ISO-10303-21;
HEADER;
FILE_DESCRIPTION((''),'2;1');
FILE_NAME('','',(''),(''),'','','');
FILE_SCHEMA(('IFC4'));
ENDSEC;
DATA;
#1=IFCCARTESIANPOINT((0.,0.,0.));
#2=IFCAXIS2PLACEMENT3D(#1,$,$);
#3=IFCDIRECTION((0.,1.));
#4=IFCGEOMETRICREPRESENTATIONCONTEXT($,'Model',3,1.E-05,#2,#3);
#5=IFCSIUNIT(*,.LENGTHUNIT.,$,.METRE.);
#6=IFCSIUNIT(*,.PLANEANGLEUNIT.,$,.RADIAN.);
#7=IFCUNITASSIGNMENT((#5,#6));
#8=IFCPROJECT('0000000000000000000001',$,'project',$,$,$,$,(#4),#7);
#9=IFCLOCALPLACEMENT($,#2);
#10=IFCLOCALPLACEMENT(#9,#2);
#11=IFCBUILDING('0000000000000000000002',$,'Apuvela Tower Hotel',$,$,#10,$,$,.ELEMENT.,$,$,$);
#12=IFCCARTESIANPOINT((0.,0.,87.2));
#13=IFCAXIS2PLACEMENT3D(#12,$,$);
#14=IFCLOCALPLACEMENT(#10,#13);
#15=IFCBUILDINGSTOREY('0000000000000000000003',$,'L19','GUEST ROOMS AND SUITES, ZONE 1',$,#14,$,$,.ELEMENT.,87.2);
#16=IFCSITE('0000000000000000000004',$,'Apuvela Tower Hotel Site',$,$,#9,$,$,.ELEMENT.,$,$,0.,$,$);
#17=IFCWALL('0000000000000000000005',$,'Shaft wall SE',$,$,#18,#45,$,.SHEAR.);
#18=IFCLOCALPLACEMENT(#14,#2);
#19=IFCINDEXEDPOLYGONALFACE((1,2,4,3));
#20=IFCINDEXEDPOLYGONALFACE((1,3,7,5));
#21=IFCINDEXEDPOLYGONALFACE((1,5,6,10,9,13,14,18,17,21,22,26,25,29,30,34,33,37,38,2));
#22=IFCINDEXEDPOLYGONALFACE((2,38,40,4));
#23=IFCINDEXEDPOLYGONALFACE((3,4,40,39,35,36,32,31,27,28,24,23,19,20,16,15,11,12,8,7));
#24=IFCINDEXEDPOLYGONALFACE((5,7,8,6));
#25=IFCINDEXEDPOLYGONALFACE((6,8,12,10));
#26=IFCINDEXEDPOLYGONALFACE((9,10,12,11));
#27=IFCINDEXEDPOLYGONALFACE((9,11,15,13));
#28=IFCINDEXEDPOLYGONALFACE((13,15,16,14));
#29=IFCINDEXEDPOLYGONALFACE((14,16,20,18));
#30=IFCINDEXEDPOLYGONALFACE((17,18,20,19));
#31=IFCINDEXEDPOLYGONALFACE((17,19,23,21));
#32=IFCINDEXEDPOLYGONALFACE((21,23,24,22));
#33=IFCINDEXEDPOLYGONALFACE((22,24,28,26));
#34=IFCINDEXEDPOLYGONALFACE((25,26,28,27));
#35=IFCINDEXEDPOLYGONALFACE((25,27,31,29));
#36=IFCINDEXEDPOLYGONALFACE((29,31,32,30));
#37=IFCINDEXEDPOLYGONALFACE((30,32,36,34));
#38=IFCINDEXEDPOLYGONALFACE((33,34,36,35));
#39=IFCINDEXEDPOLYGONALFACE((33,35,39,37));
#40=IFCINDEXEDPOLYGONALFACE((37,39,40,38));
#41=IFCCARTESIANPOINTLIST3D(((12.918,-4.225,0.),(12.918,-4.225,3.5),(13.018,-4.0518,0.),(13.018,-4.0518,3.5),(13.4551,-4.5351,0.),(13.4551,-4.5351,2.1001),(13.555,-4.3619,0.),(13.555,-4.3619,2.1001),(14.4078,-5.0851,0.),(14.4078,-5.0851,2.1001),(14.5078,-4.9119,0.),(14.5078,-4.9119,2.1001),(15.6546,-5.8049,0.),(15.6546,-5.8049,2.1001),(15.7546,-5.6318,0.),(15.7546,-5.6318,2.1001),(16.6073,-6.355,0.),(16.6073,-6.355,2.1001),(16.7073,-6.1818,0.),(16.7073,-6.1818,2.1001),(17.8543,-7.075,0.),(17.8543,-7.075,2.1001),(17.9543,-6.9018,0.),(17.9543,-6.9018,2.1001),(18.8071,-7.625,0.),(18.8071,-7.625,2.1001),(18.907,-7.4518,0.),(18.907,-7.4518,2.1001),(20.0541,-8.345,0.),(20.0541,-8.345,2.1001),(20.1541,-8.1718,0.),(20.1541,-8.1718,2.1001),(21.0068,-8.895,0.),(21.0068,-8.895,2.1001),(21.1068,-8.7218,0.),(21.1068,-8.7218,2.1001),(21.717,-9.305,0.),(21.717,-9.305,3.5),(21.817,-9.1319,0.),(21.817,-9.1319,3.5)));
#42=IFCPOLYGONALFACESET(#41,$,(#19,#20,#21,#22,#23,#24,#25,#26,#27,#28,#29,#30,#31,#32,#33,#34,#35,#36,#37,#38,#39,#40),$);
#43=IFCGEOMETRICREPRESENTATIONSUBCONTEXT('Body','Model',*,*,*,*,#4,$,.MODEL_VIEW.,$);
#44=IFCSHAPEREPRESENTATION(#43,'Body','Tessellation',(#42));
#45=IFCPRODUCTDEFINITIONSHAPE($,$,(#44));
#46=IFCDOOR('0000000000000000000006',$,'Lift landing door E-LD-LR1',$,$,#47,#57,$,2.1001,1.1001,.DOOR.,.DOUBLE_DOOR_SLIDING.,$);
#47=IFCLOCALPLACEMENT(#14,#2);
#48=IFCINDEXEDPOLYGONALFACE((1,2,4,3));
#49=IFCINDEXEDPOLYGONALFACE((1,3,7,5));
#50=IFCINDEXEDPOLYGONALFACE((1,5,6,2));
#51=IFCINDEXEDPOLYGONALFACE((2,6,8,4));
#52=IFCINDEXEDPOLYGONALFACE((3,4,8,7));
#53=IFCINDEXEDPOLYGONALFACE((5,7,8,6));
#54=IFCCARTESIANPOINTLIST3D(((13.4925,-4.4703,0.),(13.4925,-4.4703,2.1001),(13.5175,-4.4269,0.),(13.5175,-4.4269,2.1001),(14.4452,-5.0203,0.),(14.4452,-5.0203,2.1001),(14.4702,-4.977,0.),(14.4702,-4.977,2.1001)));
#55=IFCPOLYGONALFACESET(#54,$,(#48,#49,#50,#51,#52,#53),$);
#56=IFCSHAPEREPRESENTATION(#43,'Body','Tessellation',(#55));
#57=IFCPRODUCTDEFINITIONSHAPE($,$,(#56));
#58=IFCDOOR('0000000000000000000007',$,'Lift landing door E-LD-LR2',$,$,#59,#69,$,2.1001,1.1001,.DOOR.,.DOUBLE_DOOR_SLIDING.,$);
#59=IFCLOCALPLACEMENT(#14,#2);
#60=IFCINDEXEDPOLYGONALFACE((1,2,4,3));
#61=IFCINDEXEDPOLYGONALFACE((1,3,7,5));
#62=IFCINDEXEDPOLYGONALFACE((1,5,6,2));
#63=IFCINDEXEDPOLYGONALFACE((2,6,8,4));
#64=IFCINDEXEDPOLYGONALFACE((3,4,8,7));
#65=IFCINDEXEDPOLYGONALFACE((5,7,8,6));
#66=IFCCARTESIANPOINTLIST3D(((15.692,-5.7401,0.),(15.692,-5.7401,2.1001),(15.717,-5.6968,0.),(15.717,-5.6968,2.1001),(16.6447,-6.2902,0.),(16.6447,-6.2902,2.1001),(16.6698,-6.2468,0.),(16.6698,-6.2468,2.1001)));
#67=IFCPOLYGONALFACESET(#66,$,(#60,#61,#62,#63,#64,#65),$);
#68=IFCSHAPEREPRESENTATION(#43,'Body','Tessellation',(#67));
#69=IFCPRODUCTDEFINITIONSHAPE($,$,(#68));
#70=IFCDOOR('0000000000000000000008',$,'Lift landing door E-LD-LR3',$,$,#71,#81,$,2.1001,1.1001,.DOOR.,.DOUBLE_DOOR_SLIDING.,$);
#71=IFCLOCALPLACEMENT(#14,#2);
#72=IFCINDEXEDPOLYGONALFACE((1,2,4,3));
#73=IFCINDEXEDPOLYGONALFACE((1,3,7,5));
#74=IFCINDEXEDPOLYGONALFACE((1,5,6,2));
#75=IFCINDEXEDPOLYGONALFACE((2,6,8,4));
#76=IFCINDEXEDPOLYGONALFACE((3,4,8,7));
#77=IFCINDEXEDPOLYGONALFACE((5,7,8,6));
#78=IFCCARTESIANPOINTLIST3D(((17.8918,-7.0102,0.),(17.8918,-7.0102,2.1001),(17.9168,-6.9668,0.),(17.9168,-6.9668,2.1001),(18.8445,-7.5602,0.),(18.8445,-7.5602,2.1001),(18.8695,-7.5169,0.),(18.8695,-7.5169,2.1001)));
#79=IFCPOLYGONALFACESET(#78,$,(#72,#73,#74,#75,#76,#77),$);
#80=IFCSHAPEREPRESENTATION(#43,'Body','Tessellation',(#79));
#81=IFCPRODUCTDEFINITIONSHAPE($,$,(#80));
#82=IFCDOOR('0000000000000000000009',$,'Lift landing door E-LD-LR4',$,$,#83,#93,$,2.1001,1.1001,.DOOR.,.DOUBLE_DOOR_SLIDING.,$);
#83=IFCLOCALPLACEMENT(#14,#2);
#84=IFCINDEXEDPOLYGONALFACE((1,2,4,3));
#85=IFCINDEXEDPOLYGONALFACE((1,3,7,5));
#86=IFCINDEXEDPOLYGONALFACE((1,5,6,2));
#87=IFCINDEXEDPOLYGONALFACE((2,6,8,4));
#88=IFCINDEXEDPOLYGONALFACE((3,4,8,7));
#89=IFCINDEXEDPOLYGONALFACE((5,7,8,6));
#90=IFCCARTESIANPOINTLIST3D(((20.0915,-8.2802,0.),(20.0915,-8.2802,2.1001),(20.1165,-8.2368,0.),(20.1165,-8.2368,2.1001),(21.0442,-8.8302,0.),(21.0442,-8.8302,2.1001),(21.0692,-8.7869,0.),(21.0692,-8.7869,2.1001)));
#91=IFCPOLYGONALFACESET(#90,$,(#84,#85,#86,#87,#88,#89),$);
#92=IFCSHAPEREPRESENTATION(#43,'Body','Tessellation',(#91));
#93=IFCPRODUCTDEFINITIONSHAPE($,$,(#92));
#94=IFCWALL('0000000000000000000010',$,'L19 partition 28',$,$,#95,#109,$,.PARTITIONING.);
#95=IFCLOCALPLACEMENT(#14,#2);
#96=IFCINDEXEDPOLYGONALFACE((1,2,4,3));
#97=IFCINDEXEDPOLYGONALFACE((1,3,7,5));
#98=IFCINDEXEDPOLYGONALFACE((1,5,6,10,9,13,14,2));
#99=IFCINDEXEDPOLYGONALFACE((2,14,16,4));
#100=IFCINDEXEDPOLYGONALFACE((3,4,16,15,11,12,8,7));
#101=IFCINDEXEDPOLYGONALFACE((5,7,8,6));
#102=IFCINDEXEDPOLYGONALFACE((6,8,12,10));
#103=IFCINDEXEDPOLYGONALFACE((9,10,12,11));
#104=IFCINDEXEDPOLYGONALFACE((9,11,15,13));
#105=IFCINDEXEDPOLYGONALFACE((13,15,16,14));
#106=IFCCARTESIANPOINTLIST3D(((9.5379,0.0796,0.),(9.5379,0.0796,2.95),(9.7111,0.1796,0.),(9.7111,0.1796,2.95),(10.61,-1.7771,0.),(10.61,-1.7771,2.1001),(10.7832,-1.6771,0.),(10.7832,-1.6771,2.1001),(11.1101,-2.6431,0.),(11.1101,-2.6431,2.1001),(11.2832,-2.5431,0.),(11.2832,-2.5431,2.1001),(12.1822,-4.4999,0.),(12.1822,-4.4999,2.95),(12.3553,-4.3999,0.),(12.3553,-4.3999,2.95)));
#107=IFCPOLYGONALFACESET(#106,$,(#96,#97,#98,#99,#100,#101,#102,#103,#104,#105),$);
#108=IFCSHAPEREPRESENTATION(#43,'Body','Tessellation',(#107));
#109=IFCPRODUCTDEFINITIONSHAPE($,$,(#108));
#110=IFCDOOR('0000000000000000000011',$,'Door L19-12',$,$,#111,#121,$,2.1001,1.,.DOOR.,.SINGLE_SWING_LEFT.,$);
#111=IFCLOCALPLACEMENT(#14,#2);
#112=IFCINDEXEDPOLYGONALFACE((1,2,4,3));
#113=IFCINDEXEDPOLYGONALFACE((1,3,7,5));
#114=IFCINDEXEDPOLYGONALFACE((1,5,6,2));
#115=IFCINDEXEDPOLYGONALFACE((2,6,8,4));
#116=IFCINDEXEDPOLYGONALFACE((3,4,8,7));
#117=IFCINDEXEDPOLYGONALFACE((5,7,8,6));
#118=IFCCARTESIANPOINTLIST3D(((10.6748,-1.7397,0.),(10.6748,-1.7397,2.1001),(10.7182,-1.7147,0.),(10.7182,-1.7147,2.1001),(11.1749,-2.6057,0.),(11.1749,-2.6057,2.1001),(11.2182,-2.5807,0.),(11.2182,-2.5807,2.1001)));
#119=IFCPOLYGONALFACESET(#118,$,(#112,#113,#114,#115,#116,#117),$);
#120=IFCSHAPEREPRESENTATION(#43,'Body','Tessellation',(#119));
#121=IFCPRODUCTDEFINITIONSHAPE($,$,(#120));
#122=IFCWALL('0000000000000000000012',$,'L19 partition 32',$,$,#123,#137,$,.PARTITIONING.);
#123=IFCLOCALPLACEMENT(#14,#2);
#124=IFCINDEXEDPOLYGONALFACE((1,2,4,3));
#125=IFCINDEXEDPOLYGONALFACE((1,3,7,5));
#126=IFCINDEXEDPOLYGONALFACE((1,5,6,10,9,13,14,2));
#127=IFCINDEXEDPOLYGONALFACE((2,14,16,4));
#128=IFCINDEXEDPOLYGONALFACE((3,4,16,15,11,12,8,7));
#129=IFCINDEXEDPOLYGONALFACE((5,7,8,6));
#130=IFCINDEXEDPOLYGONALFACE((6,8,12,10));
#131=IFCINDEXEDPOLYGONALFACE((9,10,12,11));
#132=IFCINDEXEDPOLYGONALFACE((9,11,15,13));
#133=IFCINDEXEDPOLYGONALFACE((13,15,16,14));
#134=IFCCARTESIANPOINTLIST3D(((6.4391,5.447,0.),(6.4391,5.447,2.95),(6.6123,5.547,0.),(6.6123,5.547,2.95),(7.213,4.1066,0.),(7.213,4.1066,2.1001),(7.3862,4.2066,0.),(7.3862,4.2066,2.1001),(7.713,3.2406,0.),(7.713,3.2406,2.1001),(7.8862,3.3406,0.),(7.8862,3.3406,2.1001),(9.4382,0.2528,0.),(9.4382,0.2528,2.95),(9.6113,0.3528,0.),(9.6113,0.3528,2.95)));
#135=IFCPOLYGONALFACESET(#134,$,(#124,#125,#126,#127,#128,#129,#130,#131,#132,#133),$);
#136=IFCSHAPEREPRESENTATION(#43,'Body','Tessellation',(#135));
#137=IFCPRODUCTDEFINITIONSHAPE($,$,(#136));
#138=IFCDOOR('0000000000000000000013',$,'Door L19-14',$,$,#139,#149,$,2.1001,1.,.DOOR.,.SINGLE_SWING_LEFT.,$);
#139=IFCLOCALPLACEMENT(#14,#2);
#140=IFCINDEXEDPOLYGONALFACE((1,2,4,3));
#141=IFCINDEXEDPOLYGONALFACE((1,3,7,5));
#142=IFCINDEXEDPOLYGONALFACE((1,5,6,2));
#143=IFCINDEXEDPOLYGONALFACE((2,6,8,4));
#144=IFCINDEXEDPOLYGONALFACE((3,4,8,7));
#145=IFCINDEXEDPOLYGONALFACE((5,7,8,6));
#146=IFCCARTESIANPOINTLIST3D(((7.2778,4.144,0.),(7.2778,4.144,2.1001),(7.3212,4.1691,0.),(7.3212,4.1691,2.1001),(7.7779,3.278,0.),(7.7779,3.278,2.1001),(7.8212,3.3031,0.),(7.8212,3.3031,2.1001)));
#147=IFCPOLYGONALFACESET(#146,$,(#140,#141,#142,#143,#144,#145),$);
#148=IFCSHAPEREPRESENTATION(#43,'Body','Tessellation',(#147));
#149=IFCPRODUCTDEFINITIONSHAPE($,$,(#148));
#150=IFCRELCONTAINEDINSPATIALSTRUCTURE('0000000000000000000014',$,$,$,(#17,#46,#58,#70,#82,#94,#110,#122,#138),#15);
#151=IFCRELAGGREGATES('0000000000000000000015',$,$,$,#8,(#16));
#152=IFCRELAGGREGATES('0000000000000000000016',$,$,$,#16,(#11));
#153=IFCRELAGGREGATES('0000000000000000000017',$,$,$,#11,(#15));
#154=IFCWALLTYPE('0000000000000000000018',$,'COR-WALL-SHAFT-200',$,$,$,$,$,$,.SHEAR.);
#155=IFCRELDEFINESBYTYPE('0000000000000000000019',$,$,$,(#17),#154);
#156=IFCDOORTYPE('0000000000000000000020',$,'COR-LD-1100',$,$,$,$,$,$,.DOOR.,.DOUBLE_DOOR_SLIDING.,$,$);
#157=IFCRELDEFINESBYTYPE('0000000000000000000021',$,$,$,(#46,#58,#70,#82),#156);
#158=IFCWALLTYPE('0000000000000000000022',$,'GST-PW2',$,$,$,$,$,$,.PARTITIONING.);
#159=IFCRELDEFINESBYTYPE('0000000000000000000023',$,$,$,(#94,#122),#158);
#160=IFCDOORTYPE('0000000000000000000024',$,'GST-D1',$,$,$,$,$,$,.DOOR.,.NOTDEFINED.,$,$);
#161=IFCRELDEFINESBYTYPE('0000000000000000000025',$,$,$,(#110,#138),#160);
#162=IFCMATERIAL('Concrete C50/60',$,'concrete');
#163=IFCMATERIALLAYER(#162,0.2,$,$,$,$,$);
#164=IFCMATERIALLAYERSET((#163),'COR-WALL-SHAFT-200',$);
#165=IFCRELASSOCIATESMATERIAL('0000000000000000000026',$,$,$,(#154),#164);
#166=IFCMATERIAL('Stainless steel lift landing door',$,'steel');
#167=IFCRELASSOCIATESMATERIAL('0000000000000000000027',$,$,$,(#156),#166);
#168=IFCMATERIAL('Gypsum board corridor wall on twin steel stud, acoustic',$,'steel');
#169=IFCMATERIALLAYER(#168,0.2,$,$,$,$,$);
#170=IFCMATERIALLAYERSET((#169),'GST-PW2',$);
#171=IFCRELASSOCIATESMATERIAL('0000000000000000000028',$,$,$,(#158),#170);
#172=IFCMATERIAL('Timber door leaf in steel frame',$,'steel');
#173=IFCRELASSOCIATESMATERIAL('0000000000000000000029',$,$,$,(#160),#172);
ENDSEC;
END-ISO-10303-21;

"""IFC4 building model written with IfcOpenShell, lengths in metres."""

from ifc_helpers import new_model, si_unit, direction, frame, frame_2d, origin, place, context, subcontext, project, spatial, rectangle, extrude, material, layer, layer_set, type_object, element, fill, save


model = new_model("IFC4")

# Units and contexts
model_context = context("Model", 3, precision=1e-05, world=origin(), true_north=direction((0.0, 1.0)))
body_context = subcontext(model_context, "Body", "Model", "MODEL_VIEW")
ifc_project = project(units=[si_unit("LENGTHUNIT", "METRE"), si_unit("PLANEANGLEUNIT", "RADIAN")], contexts=[model_context])

# Site, building, storey
site_placement = place(None, origin())
site = spatial("IfcSite", under=ifc_project, at=site_placement, Name="Apuvela Tower Hotel Site", CompositionType="ELEMENT", RefElevation=0.0)
building_placement = place(site_placement, origin())
building = spatial("IfcBuilding", under=site, at=building_placement, Name="Apuvela Tower Hotel", CompositionType="ELEMENT")
storey_placement = place(building_placement, frame((0.0, 0.0, 87.2)))
storey = spatial("IfcBuildingStorey", under=building, at=storey_placement, Name="L19", Description="GUEST ROOMS AND SUITES, ZONE 1", CompositionType="ELEMENT", Elevation=87.2)

# Shared definitions
ifc_material_1 = material(Name="Concrete C50/60", Category="concrete")

# Wall, openings, doors
ifc_layer_1 = layer(ifc_material_1, 0.2)
ifc_layer_set_1 = layer_set([ifc_layer_1], Name="COR-WALL-SHAFT-200")
wall_type_1 = type_object("IfcWallType", Name="COR-WALL-SHAFT-200", PredefinedType="SHEAR", material=ifc_layer_set_1)
wall_1_placement = place(storey_placement, frame((12.968, -4.1384, 0.0), z_axis=(0.0, 0.0, 1.0), x_axis=(0.866028, -0.499995, 0.0)))
wall_1 = element("IfcWall", 1, at=wall_1_placement, inside=storey, type_object=wall_type_1, Name="Shaft wall SE", PredefinedType="SHEAR", context=body_context, shape_type="SweptSolid", body=[
    extrude(rectangle(XDim=10.1602, YDim=0.2, at=frame_2d((5.0801, 0.0))), origin(), (0.0, 0.0, 1.0), 3.5),
])
opening_1_placement = place(wall_1_placement, frame((0.6201, 0.0, 0.0)))
opening_1 = element("IfcOpeningElement", 2, at=opening_1_placement, cuts=wall_1, PredefinedType="OPENING", context=body_context, shape_type="SweptSolid", body=[
    extrude(rectangle(XDim=1.1001, YDim=2.1001, at=frame_2d((0.55, 1.05))), frame((0.0, 0.1099, 0.0), z_axis=(0.0, -1.0, 0.0), x_axis=(1.0, 0.0, 0.0)), (0.0, 0.0, 1.0), 0.22),
])
opening_2_placement = place(wall_1_placement, frame((3.1599, 0.0, 0.0)))
opening_2 = element("IfcOpeningElement", 3, at=opening_2_placement, cuts=wall_1, PredefinedType="OPENING", context=body_context, shape_type="SweptSolid", body=[
    extrude(rectangle(XDim=1.1001, YDim=2.1001, at=frame_2d((0.55, 1.05))), frame((0.0, 0.1099, 0.0), z_axis=(0.0, -1.0, 0.0), x_axis=(1.0, 0.0, 0.0)), (0.0, 0.0, 1.0), 0.22),
])
opening_3_placement = place(wall_1_placement, frame((5.7, 0.0, 0.0)))
opening_3 = element("IfcOpeningElement", 4, at=opening_3_placement, cuts=wall_1, PredefinedType="OPENING", context=body_context, shape_type="SweptSolid", body=[
    extrude(rectangle(XDim=1.1001, YDim=2.1001, at=frame_2d((0.55, 1.05))), frame((0.0, 0.1099, 0.0), z_axis=(0.0, -1.0, 0.0), x_axis=(1.0, 0.0, 0.0)), (0.0, 0.0, 1.0), 0.22),
])
opening_4_placement = place(wall_1_placement, frame((8.24, 0.0, 0.0)))
opening_4 = element("IfcOpeningElement", 5, at=opening_4_placement, cuts=wall_1, PredefinedType="OPENING", context=body_context, shape_type="SweptSolid", body=[
    extrude(rectangle(XDim=1.1001, YDim=2.1001, at=frame_2d((0.55, 1.05))), frame((0.0, 0.1099, 0.0), z_axis=(0.0, -1.0, 0.0), x_axis=(1.0, 0.0, 0.0)), (0.0, 0.0, 1.0), 0.22),
])
ifc_material_2 = material(Name="Stainless steel lift landing door", Category="steel")
door_type_1 = type_object("IfcDoorType", Name="COR-LD-1100", OperationType="DOUBLE_DOOR_SLIDING", PredefinedType="DOOR", material=ifc_material_2)
door_1_placement = place(opening_1_placement, origin())
door_1 = element("IfcDoor", 6, at=door_1_placement, inside=storey, type_object=door_type_1, Name="Lift landing door E-LD-LR1", OperationType="DOUBLE_DOOR_SLIDING", OverallHeight=2.1001, OverallWidth=1.1001, PredefinedType="DOOR", context=body_context, shape_type="SweptSolid", body=[
    extrude(rectangle(XDim=1.1001, YDim=2.1001, at=frame_2d((0.55, 1.05))), frame((0.0, 0.0249, 0.0), z_axis=(0.0, -1.0, 0.0), x_axis=(1.0, 0.0, 0.0)), (0.0, 0.0, 1.0), 0.05),
])
fill(opening_1, door_1)
door_2_placement = place(opening_2_placement, origin())
door_2 = element("IfcDoor", 7, at=door_2_placement, inside=storey, type_object=door_type_1, Name="Lift landing door E-LD-LR2", OperationType="DOUBLE_DOOR_SLIDING", OverallHeight=2.1001, OverallWidth=1.1001, PredefinedType="DOOR", context=body_context, shape_type="SweptSolid", body=[
    extrude(rectangle(XDim=1.1001, YDim=2.1001, at=frame_2d((0.55, 1.05))), frame((0.0, 0.0249, 0.0), z_axis=(0.0, -1.0, 0.0), x_axis=(1.0, 0.0, 0.0)), (0.0, 0.0, 1.0), 0.05),
])
fill(opening_2, door_2)
door_3_placement = place(opening_3_placement, origin())
door_3 = element("IfcDoor", 8, at=door_3_placement, inside=storey, type_object=door_type_1, Name="Lift landing door E-LD-LR3", OperationType="DOUBLE_DOOR_SLIDING", OverallHeight=2.1001, OverallWidth=1.1001, PredefinedType="DOOR", context=body_context, shape_type="SweptSolid", body=[
    extrude(rectangle(XDim=1.1001, YDim=2.1001, at=frame_2d((0.55, 1.05))), frame((0.0, 0.0249, 0.0), z_axis=(0.0, -1.0, 0.0), x_axis=(1.0, 0.0, 0.0)), (0.0, 0.0, 1.0), 0.05),
])
fill(opening_3, door_3)
door_4_placement = place(opening_4_placement, origin())
door_4 = element("IfcDoor", 9, at=door_4_placement, inside=storey, type_object=door_type_1, Name="Lift landing door E-LD-LR4", OperationType="DOUBLE_DOOR_SLIDING", OverallHeight=2.1001, OverallWidth=1.1001, PredefinedType="DOOR", context=body_context, shape_type="SweptSolid", body=[
    extrude(rectangle(XDim=1.1001, YDim=2.1001, at=frame_2d((0.55, 1.05))), frame((0.0, 0.0249, 0.0), z_axis=(0.0, -1.0, 0.0), x_axis=(1.0, 0.0, 0.0)), (0.0, 0.0, 1.0), 0.05),
])
fill(opening_4, door_4)

# Walls, openings, doors
ifc_material_3 = material(Name="Gypsum board corridor wall on twin steel stud, acoustic", Category="steel")
ifc_layer_2 = layer(ifc_material_3, 0.2)
ifc_layer_set_2 = layer_set([ifc_layer_2], Name="GST-PW2")
wall_type_2 = type_object("IfcWallType", Name="GST-PW2", PredefinedType="PARTITIONING", material=ifc_layer_set_2)
wall_2_placement = place(storey_placement, frame((9.6245, 0.1296, 0.0), z_axis=(0.0, 0.0, 1.0), x_axis=(0.500037, -0.866004, 0.0)))
wall_2 = element("IfcWall", 10, at=wall_2_placement, inside=storey, type_object=wall_type_2, Name="L19 partition 28", PredefinedType="PARTITIONING", context=body_context, shape_type="SweptSolid", body=[
    extrude(rectangle(XDim=5.2881, YDim=0.2, at=frame_2d((2.644, 0.0))), origin(), (0.0, 0.0, 1.0), 2.95),
])
opening_5_placement = place(wall_2_placement, frame((2.144, 0.0, 0.0)))
opening_5 = element("IfcOpeningElement", 11, at=opening_5_placement, cuts=wall_2, PredefinedType="OPENING", context=body_context, shape_type="SweptSolid", body=[
    extrude(rectangle(XDim=1.0, YDim=2.1001, at=frame_2d((0.5, 1.05))), frame((0.0, 0.1099, 0.0), z_axis=(0.0, -1.0, 0.0), x_axis=(1.0, 0.0, 0.0)), (0.0, 0.0, 1.0), 0.22),
])
ifc_material_4 = material(Name="Timber door leaf in steel frame", Category="steel")
door_type_2 = type_object("IfcDoorType", Name="GST-D1", OperationType="NOTDEFINED", PredefinedType="DOOR", material=ifc_material_4)
door_5_placement = place(opening_5_placement, origin())
door_5 = element("IfcDoor", 12, at=door_5_placement, inside=storey, type_object=door_type_2, Name="Door L19-12", OperationType="SINGLE_SWING_LEFT", OverallHeight=2.1001, OverallWidth=1.0, PredefinedType="DOOR", context=body_context, shape_type="SweptSolid", body=[
    extrude(rectangle(XDim=1.0, YDim=2.1001, at=frame_2d((0.5, 1.05))), frame((0.0, 0.0249, 0.0), z_axis=(0.0, -1.0, 0.0), x_axis=(1.0, 0.0, 0.0)), (0.0, 0.0, 1.0), 0.05),
])
fill(opening_5, door_5)
wall_3_placement = place(storey_placement, frame((6.5256, 5.4971, 0.0), z_axis=(0.0, 0.0, 1.0), x_axis=(0.500027, -0.86601, 0.0)))
wall_3 = element("IfcWall", 13, at=wall_3_placement, inside=storey, type_object=wall_type_2, Name="L19 partition 32", PredefinedType="PARTITIONING", context=body_context, shape_type="SweptSolid", body=[
    extrude(rectangle(XDim=5.9978, YDim=0.2, at=frame_2d((2.999, 0.0))), origin(), (0.0, 0.0, 1.0), 2.95),
])
opening_6_placement = place(wall_3_placement, frame((1.5479, 0.0, 0.0)))
opening_6 = element("IfcOpeningElement", 14, at=opening_6_placement, cuts=wall_3, PredefinedType="OPENING", context=body_context, shape_type="SweptSolid", body=[
    extrude(rectangle(XDim=1.0, YDim=2.1001, at=frame_2d((0.5, 1.05))), frame((0.0, 0.1099, 0.0), z_axis=(0.0, -1.0, 0.0), x_axis=(1.0, 0.0, 0.0)), (0.0, 0.0, 1.0), 0.22),
])
door_6_placement = place(opening_6_placement, origin())
door_6 = element("IfcDoor", 15, at=door_6_placement, inside=storey, type_object=door_type_2, Name="Door L19-14", OperationType="SINGLE_SWING_LEFT", OverallHeight=2.1001, OverallWidth=1.0, PredefinedType="DOOR", context=body_context, shape_type="SweptSolid", body=[
    extrude(rectangle(XDim=1.0, YDim=2.1001, at=frame_2d((0.5, 1.05))), frame((0.0, 0.0249, 0.0), z_axis=(0.0, -1.0, 0.0), x_axis=(1.0, 0.0, 0.0)), (0.0, 0.0, 1.0), 0.05),
])
fill(opening_6, door_6)

save(model, "model.ifc")
